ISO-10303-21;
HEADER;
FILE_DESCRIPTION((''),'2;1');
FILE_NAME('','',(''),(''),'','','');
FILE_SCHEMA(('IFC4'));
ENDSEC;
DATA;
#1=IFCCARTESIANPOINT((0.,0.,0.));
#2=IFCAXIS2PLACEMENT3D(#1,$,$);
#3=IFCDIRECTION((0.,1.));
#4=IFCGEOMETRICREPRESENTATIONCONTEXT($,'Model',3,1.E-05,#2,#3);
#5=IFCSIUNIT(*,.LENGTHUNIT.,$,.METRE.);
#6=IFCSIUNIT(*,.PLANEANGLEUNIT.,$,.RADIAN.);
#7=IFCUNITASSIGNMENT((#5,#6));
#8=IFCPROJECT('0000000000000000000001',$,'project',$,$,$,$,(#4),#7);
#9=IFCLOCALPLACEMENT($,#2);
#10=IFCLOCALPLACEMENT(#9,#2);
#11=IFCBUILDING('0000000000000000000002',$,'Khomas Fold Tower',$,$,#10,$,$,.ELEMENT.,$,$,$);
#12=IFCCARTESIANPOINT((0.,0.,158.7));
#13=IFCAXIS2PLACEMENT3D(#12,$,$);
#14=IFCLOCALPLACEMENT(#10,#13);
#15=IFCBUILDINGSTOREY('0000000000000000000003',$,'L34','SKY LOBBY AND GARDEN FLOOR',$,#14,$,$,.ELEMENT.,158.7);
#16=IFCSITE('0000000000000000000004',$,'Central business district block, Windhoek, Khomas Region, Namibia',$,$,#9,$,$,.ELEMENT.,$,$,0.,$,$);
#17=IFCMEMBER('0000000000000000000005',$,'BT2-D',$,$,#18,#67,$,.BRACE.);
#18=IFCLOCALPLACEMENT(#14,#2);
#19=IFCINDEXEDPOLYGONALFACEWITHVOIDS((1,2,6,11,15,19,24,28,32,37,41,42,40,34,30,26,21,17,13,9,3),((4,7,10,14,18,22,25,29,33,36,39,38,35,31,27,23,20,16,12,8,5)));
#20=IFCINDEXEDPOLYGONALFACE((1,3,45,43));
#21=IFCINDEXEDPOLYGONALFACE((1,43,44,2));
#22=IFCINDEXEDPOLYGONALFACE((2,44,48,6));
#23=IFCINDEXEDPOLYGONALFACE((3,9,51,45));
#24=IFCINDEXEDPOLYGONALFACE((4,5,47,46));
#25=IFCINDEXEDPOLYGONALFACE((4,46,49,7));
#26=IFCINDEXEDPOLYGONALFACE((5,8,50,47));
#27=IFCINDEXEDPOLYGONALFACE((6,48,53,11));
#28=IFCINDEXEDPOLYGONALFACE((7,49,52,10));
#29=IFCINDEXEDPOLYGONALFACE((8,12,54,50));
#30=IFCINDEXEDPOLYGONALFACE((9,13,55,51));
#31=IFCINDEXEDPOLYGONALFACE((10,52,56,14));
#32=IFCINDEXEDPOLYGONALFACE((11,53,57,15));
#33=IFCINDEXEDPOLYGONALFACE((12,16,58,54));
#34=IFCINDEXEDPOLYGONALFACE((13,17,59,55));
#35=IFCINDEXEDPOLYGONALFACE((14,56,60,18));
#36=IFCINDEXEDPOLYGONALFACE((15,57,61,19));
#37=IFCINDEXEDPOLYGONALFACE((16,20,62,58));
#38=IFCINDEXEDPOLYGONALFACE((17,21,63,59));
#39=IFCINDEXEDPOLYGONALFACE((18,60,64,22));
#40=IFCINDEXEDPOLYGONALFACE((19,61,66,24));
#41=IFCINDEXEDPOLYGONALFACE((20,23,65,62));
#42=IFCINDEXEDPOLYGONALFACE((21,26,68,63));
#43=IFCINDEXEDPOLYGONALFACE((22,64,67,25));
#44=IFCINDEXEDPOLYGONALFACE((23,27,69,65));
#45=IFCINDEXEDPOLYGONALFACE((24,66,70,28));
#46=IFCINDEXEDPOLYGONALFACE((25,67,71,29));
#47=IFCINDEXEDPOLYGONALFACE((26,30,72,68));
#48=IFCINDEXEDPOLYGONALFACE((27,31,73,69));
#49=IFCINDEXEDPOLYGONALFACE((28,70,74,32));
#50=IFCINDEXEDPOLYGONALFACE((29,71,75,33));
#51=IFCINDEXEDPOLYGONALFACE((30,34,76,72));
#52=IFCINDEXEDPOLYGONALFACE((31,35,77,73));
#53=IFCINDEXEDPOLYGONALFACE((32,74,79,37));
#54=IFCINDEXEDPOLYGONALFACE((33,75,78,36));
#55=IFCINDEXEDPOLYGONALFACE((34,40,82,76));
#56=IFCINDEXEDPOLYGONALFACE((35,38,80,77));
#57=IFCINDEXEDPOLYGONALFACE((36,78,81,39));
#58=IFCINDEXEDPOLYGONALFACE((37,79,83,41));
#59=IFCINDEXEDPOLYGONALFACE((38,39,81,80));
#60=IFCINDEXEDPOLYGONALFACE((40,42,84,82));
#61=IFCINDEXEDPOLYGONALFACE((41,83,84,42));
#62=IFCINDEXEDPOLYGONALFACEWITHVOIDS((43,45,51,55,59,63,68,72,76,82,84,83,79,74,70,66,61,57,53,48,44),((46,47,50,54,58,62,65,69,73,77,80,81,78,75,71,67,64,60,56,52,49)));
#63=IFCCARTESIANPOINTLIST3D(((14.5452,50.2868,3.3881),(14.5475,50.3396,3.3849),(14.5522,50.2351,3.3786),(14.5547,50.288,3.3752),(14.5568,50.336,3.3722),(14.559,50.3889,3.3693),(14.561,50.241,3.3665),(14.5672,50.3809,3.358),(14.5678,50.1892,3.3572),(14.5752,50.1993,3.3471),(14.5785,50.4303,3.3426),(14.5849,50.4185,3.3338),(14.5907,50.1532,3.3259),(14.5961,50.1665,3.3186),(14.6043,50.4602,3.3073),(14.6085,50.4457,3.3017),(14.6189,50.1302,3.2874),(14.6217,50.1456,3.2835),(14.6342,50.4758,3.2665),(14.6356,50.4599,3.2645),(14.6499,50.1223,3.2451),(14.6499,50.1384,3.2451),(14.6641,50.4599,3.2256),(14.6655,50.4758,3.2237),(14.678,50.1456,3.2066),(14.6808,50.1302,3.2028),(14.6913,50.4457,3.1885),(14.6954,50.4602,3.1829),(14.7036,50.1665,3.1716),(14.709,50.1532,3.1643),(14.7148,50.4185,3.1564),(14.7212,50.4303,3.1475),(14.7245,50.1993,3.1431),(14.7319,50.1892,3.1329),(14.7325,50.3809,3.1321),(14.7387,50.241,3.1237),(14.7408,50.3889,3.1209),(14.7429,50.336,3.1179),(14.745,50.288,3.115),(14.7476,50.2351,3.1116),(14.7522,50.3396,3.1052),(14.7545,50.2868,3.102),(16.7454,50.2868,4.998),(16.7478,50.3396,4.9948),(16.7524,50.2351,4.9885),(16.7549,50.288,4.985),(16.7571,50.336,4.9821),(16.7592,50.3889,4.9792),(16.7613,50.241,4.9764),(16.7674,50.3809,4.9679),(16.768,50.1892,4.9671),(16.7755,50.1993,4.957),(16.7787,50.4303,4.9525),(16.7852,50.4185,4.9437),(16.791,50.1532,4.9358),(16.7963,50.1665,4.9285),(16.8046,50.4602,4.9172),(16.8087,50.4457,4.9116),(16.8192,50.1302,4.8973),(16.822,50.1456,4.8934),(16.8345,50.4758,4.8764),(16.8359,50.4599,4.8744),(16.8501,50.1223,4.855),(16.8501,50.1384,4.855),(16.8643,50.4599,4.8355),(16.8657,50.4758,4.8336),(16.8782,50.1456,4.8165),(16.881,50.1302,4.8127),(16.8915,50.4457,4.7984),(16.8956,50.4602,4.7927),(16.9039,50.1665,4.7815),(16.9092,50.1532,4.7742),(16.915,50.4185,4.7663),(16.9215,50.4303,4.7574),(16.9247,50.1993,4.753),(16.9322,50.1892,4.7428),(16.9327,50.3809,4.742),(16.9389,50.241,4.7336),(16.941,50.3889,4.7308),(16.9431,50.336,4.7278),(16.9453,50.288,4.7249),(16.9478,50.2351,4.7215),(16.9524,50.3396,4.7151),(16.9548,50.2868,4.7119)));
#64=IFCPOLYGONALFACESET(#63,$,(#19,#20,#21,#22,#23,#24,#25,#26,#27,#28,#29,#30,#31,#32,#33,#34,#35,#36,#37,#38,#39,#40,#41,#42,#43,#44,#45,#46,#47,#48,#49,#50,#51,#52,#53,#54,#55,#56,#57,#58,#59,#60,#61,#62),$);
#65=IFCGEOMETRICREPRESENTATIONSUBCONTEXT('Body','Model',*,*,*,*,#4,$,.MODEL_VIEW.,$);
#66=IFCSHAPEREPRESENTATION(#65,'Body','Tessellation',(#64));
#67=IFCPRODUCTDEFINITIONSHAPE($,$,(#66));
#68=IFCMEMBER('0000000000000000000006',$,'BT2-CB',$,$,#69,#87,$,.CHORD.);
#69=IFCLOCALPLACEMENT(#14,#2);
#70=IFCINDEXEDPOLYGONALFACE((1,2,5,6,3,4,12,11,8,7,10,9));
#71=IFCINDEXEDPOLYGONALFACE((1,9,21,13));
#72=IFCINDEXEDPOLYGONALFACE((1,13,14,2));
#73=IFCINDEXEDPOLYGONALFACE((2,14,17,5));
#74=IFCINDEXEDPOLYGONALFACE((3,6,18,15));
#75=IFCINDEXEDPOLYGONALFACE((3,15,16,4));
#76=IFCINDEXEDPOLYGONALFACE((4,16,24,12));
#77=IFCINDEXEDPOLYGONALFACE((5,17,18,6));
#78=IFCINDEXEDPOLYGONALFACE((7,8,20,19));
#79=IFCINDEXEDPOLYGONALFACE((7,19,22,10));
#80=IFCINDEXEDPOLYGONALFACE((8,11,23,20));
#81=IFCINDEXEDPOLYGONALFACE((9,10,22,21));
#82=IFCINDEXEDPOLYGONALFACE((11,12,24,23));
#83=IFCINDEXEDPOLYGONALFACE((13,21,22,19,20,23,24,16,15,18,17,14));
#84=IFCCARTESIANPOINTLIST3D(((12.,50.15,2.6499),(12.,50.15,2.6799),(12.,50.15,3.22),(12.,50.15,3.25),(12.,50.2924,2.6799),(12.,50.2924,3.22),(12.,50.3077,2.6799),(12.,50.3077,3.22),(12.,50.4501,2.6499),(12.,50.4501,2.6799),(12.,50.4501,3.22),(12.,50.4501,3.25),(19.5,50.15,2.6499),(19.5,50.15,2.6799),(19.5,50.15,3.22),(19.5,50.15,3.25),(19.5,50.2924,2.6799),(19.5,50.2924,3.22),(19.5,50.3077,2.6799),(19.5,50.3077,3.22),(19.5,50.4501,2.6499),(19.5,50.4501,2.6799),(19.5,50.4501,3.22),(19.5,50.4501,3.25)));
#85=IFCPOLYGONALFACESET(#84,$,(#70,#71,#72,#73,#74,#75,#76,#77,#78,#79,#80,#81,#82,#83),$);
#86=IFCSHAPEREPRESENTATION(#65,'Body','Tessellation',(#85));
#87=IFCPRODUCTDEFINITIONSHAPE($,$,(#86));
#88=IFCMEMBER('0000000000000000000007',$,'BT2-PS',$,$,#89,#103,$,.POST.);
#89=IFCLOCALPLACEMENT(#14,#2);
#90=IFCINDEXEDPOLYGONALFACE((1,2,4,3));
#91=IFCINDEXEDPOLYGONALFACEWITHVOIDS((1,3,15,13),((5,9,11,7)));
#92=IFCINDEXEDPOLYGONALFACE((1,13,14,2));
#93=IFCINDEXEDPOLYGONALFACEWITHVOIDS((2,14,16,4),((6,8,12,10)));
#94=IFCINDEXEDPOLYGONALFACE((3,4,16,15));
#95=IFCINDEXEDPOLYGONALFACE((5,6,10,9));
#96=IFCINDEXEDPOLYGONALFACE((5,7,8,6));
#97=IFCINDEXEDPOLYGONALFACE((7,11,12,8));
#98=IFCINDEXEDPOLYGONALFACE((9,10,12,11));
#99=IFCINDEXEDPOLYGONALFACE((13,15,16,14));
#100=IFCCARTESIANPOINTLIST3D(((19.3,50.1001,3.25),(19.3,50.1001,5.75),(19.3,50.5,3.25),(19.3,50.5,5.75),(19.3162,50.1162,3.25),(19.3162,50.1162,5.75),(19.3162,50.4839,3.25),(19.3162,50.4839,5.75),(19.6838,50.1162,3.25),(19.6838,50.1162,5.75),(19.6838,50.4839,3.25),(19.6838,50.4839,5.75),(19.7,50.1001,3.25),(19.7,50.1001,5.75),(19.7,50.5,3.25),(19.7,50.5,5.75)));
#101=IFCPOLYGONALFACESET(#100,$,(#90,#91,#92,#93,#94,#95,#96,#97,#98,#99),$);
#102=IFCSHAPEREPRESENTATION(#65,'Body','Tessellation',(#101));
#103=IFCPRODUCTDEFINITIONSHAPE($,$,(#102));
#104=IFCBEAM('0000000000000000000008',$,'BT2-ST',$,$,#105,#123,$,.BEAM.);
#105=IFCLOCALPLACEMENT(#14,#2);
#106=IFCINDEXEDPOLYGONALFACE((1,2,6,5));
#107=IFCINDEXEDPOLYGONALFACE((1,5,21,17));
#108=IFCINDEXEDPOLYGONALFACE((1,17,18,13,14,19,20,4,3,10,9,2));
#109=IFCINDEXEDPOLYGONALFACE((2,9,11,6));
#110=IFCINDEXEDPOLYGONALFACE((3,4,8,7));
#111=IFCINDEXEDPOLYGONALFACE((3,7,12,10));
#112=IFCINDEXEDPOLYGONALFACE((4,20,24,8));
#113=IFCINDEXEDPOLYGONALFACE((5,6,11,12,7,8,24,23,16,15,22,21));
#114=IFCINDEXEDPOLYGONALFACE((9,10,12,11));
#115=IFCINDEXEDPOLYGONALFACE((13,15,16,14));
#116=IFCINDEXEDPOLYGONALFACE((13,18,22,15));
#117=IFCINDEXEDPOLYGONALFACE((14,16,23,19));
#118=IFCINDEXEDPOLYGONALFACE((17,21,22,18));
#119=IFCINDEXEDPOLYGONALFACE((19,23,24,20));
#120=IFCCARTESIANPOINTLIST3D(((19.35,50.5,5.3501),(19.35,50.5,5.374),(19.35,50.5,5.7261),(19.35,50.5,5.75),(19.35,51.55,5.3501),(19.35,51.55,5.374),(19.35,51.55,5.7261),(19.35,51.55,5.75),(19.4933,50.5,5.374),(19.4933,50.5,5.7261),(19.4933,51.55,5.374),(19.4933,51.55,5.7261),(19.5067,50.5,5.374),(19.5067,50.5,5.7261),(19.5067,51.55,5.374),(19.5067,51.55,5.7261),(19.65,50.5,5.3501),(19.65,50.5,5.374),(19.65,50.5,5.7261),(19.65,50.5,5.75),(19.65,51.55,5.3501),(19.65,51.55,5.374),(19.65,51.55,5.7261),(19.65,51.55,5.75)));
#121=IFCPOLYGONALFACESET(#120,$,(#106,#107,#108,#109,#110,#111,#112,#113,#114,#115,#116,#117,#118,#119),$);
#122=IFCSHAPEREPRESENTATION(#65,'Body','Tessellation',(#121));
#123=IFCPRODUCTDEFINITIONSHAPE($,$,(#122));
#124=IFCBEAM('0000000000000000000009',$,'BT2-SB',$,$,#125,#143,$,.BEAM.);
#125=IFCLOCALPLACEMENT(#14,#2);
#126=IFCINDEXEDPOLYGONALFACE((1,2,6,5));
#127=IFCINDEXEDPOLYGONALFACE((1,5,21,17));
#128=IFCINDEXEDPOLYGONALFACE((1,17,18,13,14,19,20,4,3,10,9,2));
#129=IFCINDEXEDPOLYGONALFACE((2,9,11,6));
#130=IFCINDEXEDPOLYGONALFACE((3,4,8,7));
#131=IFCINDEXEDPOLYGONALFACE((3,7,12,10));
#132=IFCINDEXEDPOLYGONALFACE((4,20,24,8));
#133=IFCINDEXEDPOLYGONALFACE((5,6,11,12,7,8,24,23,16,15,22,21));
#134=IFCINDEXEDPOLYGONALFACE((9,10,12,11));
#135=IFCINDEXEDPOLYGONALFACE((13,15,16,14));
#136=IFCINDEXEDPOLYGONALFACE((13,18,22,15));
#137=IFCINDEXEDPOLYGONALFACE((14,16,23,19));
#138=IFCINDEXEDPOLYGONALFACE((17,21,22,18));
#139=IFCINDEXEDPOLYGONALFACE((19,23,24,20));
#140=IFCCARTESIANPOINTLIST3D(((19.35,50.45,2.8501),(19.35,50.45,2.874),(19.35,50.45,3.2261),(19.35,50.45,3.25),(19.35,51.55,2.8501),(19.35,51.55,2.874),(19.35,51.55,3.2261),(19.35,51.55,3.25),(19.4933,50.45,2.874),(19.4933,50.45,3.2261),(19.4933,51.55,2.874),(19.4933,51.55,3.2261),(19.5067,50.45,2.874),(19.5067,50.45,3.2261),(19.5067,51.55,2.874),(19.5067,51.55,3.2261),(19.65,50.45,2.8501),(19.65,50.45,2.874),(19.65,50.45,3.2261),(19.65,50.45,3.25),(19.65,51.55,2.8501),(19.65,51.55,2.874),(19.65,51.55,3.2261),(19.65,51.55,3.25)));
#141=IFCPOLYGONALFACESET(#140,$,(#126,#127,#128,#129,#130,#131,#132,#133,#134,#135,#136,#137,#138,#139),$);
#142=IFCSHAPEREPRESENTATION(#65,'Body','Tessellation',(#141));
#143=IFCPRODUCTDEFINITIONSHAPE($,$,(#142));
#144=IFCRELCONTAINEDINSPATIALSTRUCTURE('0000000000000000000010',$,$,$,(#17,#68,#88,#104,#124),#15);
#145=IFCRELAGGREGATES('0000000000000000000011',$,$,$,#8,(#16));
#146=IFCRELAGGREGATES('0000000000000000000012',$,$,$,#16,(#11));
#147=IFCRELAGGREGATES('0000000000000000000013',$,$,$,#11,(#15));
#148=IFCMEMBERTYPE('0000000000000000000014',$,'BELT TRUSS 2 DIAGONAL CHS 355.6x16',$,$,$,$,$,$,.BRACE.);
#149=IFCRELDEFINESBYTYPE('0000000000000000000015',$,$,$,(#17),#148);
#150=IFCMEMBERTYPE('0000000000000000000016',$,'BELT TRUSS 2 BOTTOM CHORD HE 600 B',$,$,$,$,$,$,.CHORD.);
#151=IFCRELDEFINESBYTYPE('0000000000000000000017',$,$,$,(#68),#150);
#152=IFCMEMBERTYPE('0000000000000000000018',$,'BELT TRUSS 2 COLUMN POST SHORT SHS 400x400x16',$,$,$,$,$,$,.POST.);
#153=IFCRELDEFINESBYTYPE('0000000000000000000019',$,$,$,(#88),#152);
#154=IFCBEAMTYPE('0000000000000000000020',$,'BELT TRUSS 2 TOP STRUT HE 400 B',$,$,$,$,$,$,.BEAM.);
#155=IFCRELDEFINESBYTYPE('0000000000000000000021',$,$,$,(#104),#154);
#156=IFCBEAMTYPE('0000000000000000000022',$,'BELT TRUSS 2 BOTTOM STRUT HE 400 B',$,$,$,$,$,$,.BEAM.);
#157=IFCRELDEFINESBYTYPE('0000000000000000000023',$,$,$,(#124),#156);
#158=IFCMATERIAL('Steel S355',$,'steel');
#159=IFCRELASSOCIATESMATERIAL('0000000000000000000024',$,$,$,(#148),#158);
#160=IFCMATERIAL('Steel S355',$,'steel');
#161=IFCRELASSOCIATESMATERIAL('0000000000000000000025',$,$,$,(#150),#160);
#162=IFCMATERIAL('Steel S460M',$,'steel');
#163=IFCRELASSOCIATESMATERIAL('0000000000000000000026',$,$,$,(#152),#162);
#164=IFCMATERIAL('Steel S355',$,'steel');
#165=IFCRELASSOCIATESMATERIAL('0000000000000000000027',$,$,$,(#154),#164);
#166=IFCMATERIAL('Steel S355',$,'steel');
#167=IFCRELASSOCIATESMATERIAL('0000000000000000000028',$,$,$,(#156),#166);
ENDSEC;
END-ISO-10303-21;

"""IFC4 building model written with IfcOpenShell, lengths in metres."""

from ifc_helpers import new_model, si_unit, direction, frame, origin, origin_2d, place, context, subcontext, project, spatial, hollow_rectangle, hollow_circle, i_section, extrude, source, transform, mapped, material, material_profile, profile_set, type_object, element, save


model = new_model("IFC4")

# Units and contexts
model_context = context("Model", 3, precision=1e-05, world=origin(), true_north=direction((0.0, 1.0)))
body_context = subcontext(model_context, "Body", "Model", "MODEL_VIEW")
ifc_project = project(units=[si_unit("LENGTHUNIT", "METRE"), si_unit("PLANEANGLEUNIT", "RADIAN")], contexts=[model_context])

# Site, building, storey
site_placement = place(None, origin())
site = spatial("IfcSite", under=ifc_project, at=site_placement, Name="Central business district block, Windhoek, Khomas Region, Namibia", CompositionType="ELEMENT", RefElevation=0.0)
building_placement = place(site_placement, origin())
building = spatial("IfcBuilding", under=site, at=building_placement, Name="Khomas Fold Tower", CompositionType="ELEMENT")
storey_placement = place(building_placement, frame((0.0, 0.0, 158.7)))
storey = spatial("IfcBuildingStorey", under=building, at=storey_placement, Name="L34", Description="SKY LOBBY AND GARDEN FLOOR", CompositionType="ELEMENT", Elevation=158.7)

# Members
ifc_material_1 = material(Name="Steel S355", Category="steel")
ifc_material_profile_1 = material_profile(ifc_material_1, hollow_circle(Radius=0.1777, WallThickness=0.0161, at=origin_2d()), Name="CHS 355.6x16")
ifc_profile_set_1 = profile_set([ifc_material_profile_1], Name="Steel S355")
member_type_1 = type_object("IfcMemberType", Name="BELT TRUSS 2 DIAGONAL CHS 355.6x16", PredefinedType="BRACE", material=ifc_profile_set_1)
shared_shape_1 = source(origin(), body_context, "Body", "SweptSolid", [
    extrude(hollow_circle(Radius=0.1777, WallThickness=0.0161, at=origin_2d()), origin(), (0.0, 0.0, 1.0), 2.7263),
])
member_1_placement = place(storey_placement, frame((16.8501, 50.3, 4.855), z_axis=(-0.807037, 0.0, -0.590501), x_axis=(0.0, -1.0, 0.0)))
element("IfcMember", 1, at=member_1_placement, inside=storey, type_object=member_type_1, Name="BT2-D", PredefinedType="BRACE", context=body_context, shape_type="MappedRepresentation", body=[
    mapped(shared_shape_1, transform((0.0, 0.0, 0.0))),
])
ifc_material_2 = material(Name="Steel S355", Category="steel")
ifc_material_profile_2 = material_profile(ifc_material_2, i_section(OverallWidth=0.3, OverallDepth=0.6001, WebThickness=0.0154, FlangeThickness=0.03, at=origin_2d()), Name="HE 600 B")
ifc_profile_set_2 = profile_set([ifc_material_profile_2], Name="Steel S355")
member_type_2 = type_object("IfcMemberType", Name="BELT TRUSS 2 BOTTOM CHORD HE 600 B", PredefinedType="CHORD", material=ifc_profile_set_2)
shared_shape_2 = source(origin(), body_context, "Body", "SweptSolid", [
    extrude(i_section(OverallWidth=0.3, OverallDepth=0.6001, WebThickness=0.0154, FlangeThickness=0.03, at=origin_2d()), origin(), (0.0, 0.0, 1.0), 7.5),
])
member_2_placement = place(storey_placement, frame((19.5, 50.3, 2.95), z_axis=(-1.0, 0.0, 0.0), x_axis=(0.0, -1.0, 0.0)))
element("IfcMember", 2, at=member_2_placement, inside=storey, type_object=member_type_2, Name="BT2-CB", PredefinedType="CHORD", context=body_context, shape_type="MappedRepresentation", body=[
    mapped(shared_shape_2, transform((0.0, 0.0, 0.0))),
])
ifc_material_3 = material(Name="Steel S460M", Category="steel")
ifc_material_profile_3 = material_profile(ifc_material_3, hollow_rectangle(XDim=0.3999, YDim=0.3999, WallThickness=0.0161, at=origin_2d()), Name="SHS 400x400x16")
ifc_profile_set_3 = profile_set([ifc_material_profile_3], Name="Steel S460M")
member_type_3 = type_object("IfcMemberType", Name="BELT TRUSS 2 COLUMN POST SHORT SHS 400x400x16", PredefinedType="POST", material=ifc_profile_set_3)
shared_shape_3 = source(origin(), body_context, "Body", "SweptSolid", [
    extrude(hollow_rectangle(XDim=0.3999, YDim=0.3999, WallThickness=0.0161, at=origin_2d()), origin(), (0.0, 0.0, 1.0), 2.5),
])
member_3_placement = place(storey_placement, frame((19.5, 50.3, 3.25), z_axis=(0.0, 0.0, 1.0), x_axis=(1.0, 0.0, 0.0)))
element("IfcMember", 3, at=member_3_placement, inside=storey, type_object=member_type_3, Name="BT2-PS", PredefinedType="POST", context=body_context, shape_type="MappedRepresentation", body=[
    mapped(shared_shape_3, transform((0.0, 0.0, 0.0))),
])

# Beams
ifc_material_4 = material(Name="Steel S355", Category="steel")
ifc_material_profile_4 = material_profile(ifc_material_4, i_section(OverallWidth=0.3, OverallDepth=0.3999, WebThickness=0.0134, FlangeThickness=0.0239, at=origin_2d()), Name="HE 400 B")
ifc_profile_set_4 = profile_set([ifc_material_profile_4], Name="Steel S355")
beam_type_1 = type_object("IfcBeamType", Name="BELT TRUSS 2 TOP STRUT HE 400 B", PredefinedType="BEAM", material=ifc_profile_set_4)
shared_shape_4 = source(origin(), body_context, "Body", "SweptSolid", [
    extrude(i_section(OverallWidth=0.3, OverallDepth=0.3999, WebThickness=0.0134, FlangeThickness=0.0239, at=origin_2d()), origin(), (0.0, 0.0, 1.0), 1.05),
])
beam_1_placement = place(storey_placement, frame((19.5, 50.5, 5.55), z_axis=(0.0, 1.0, 0.0), x_axis=(-1.0, 0.0, 0.0)))
element("IfcBeam", 4, at=beam_1_placement, inside=storey, type_object=beam_type_1, Name="BT2-ST", PredefinedType="BEAM", context=body_context, shape_type="MappedRepresentation", body=[
    mapped(shared_shape_4, transform((0.0, 0.0, 0.0))),
])
ifc_material_5 = material(Name="Steel S355", Category="steel")
ifc_material_profile_5 = material_profile(ifc_material_5, i_section(OverallWidth=0.3, OverallDepth=0.3999, WebThickness=0.0134, FlangeThickness=0.0239, at=origin_2d()), Name="HE 400 B")
ifc_profile_set_5 = profile_set([ifc_material_profile_5], Name="Steel S355")
beam_type_2 = type_object("IfcBeamType", Name="BELT TRUSS 2 BOTTOM STRUT HE 400 B", PredefinedType="BEAM", material=ifc_profile_set_5)
shared_shape_5 = source(origin(), body_context, "Body", "SweptSolid", [
    extrude(i_section(OverallWidth=0.3, OverallDepth=0.3999, WebThickness=0.0134, FlangeThickness=0.0239, at=origin_2d()), origin(), (0.0, 0.0, 1.0), 1.1001),
])
beam_2_placement = place(storey_placement, frame((19.5, 50.45, 3.05), z_axis=(0.0, 1.0, 0.0), x_axis=(-1.0, 0.0, 0.0)))
element("IfcBeam", 5, at=beam_2_placement, inside=storey, type_object=beam_type_2, Name="BT2-SB", PredefinedType="BEAM", context=body_context, shape_type="MappedRepresentation", body=[
    mapped(shared_shape_5, transform((0.0, 0.0, 0.0))),
])

save(model, "model.ifc")
